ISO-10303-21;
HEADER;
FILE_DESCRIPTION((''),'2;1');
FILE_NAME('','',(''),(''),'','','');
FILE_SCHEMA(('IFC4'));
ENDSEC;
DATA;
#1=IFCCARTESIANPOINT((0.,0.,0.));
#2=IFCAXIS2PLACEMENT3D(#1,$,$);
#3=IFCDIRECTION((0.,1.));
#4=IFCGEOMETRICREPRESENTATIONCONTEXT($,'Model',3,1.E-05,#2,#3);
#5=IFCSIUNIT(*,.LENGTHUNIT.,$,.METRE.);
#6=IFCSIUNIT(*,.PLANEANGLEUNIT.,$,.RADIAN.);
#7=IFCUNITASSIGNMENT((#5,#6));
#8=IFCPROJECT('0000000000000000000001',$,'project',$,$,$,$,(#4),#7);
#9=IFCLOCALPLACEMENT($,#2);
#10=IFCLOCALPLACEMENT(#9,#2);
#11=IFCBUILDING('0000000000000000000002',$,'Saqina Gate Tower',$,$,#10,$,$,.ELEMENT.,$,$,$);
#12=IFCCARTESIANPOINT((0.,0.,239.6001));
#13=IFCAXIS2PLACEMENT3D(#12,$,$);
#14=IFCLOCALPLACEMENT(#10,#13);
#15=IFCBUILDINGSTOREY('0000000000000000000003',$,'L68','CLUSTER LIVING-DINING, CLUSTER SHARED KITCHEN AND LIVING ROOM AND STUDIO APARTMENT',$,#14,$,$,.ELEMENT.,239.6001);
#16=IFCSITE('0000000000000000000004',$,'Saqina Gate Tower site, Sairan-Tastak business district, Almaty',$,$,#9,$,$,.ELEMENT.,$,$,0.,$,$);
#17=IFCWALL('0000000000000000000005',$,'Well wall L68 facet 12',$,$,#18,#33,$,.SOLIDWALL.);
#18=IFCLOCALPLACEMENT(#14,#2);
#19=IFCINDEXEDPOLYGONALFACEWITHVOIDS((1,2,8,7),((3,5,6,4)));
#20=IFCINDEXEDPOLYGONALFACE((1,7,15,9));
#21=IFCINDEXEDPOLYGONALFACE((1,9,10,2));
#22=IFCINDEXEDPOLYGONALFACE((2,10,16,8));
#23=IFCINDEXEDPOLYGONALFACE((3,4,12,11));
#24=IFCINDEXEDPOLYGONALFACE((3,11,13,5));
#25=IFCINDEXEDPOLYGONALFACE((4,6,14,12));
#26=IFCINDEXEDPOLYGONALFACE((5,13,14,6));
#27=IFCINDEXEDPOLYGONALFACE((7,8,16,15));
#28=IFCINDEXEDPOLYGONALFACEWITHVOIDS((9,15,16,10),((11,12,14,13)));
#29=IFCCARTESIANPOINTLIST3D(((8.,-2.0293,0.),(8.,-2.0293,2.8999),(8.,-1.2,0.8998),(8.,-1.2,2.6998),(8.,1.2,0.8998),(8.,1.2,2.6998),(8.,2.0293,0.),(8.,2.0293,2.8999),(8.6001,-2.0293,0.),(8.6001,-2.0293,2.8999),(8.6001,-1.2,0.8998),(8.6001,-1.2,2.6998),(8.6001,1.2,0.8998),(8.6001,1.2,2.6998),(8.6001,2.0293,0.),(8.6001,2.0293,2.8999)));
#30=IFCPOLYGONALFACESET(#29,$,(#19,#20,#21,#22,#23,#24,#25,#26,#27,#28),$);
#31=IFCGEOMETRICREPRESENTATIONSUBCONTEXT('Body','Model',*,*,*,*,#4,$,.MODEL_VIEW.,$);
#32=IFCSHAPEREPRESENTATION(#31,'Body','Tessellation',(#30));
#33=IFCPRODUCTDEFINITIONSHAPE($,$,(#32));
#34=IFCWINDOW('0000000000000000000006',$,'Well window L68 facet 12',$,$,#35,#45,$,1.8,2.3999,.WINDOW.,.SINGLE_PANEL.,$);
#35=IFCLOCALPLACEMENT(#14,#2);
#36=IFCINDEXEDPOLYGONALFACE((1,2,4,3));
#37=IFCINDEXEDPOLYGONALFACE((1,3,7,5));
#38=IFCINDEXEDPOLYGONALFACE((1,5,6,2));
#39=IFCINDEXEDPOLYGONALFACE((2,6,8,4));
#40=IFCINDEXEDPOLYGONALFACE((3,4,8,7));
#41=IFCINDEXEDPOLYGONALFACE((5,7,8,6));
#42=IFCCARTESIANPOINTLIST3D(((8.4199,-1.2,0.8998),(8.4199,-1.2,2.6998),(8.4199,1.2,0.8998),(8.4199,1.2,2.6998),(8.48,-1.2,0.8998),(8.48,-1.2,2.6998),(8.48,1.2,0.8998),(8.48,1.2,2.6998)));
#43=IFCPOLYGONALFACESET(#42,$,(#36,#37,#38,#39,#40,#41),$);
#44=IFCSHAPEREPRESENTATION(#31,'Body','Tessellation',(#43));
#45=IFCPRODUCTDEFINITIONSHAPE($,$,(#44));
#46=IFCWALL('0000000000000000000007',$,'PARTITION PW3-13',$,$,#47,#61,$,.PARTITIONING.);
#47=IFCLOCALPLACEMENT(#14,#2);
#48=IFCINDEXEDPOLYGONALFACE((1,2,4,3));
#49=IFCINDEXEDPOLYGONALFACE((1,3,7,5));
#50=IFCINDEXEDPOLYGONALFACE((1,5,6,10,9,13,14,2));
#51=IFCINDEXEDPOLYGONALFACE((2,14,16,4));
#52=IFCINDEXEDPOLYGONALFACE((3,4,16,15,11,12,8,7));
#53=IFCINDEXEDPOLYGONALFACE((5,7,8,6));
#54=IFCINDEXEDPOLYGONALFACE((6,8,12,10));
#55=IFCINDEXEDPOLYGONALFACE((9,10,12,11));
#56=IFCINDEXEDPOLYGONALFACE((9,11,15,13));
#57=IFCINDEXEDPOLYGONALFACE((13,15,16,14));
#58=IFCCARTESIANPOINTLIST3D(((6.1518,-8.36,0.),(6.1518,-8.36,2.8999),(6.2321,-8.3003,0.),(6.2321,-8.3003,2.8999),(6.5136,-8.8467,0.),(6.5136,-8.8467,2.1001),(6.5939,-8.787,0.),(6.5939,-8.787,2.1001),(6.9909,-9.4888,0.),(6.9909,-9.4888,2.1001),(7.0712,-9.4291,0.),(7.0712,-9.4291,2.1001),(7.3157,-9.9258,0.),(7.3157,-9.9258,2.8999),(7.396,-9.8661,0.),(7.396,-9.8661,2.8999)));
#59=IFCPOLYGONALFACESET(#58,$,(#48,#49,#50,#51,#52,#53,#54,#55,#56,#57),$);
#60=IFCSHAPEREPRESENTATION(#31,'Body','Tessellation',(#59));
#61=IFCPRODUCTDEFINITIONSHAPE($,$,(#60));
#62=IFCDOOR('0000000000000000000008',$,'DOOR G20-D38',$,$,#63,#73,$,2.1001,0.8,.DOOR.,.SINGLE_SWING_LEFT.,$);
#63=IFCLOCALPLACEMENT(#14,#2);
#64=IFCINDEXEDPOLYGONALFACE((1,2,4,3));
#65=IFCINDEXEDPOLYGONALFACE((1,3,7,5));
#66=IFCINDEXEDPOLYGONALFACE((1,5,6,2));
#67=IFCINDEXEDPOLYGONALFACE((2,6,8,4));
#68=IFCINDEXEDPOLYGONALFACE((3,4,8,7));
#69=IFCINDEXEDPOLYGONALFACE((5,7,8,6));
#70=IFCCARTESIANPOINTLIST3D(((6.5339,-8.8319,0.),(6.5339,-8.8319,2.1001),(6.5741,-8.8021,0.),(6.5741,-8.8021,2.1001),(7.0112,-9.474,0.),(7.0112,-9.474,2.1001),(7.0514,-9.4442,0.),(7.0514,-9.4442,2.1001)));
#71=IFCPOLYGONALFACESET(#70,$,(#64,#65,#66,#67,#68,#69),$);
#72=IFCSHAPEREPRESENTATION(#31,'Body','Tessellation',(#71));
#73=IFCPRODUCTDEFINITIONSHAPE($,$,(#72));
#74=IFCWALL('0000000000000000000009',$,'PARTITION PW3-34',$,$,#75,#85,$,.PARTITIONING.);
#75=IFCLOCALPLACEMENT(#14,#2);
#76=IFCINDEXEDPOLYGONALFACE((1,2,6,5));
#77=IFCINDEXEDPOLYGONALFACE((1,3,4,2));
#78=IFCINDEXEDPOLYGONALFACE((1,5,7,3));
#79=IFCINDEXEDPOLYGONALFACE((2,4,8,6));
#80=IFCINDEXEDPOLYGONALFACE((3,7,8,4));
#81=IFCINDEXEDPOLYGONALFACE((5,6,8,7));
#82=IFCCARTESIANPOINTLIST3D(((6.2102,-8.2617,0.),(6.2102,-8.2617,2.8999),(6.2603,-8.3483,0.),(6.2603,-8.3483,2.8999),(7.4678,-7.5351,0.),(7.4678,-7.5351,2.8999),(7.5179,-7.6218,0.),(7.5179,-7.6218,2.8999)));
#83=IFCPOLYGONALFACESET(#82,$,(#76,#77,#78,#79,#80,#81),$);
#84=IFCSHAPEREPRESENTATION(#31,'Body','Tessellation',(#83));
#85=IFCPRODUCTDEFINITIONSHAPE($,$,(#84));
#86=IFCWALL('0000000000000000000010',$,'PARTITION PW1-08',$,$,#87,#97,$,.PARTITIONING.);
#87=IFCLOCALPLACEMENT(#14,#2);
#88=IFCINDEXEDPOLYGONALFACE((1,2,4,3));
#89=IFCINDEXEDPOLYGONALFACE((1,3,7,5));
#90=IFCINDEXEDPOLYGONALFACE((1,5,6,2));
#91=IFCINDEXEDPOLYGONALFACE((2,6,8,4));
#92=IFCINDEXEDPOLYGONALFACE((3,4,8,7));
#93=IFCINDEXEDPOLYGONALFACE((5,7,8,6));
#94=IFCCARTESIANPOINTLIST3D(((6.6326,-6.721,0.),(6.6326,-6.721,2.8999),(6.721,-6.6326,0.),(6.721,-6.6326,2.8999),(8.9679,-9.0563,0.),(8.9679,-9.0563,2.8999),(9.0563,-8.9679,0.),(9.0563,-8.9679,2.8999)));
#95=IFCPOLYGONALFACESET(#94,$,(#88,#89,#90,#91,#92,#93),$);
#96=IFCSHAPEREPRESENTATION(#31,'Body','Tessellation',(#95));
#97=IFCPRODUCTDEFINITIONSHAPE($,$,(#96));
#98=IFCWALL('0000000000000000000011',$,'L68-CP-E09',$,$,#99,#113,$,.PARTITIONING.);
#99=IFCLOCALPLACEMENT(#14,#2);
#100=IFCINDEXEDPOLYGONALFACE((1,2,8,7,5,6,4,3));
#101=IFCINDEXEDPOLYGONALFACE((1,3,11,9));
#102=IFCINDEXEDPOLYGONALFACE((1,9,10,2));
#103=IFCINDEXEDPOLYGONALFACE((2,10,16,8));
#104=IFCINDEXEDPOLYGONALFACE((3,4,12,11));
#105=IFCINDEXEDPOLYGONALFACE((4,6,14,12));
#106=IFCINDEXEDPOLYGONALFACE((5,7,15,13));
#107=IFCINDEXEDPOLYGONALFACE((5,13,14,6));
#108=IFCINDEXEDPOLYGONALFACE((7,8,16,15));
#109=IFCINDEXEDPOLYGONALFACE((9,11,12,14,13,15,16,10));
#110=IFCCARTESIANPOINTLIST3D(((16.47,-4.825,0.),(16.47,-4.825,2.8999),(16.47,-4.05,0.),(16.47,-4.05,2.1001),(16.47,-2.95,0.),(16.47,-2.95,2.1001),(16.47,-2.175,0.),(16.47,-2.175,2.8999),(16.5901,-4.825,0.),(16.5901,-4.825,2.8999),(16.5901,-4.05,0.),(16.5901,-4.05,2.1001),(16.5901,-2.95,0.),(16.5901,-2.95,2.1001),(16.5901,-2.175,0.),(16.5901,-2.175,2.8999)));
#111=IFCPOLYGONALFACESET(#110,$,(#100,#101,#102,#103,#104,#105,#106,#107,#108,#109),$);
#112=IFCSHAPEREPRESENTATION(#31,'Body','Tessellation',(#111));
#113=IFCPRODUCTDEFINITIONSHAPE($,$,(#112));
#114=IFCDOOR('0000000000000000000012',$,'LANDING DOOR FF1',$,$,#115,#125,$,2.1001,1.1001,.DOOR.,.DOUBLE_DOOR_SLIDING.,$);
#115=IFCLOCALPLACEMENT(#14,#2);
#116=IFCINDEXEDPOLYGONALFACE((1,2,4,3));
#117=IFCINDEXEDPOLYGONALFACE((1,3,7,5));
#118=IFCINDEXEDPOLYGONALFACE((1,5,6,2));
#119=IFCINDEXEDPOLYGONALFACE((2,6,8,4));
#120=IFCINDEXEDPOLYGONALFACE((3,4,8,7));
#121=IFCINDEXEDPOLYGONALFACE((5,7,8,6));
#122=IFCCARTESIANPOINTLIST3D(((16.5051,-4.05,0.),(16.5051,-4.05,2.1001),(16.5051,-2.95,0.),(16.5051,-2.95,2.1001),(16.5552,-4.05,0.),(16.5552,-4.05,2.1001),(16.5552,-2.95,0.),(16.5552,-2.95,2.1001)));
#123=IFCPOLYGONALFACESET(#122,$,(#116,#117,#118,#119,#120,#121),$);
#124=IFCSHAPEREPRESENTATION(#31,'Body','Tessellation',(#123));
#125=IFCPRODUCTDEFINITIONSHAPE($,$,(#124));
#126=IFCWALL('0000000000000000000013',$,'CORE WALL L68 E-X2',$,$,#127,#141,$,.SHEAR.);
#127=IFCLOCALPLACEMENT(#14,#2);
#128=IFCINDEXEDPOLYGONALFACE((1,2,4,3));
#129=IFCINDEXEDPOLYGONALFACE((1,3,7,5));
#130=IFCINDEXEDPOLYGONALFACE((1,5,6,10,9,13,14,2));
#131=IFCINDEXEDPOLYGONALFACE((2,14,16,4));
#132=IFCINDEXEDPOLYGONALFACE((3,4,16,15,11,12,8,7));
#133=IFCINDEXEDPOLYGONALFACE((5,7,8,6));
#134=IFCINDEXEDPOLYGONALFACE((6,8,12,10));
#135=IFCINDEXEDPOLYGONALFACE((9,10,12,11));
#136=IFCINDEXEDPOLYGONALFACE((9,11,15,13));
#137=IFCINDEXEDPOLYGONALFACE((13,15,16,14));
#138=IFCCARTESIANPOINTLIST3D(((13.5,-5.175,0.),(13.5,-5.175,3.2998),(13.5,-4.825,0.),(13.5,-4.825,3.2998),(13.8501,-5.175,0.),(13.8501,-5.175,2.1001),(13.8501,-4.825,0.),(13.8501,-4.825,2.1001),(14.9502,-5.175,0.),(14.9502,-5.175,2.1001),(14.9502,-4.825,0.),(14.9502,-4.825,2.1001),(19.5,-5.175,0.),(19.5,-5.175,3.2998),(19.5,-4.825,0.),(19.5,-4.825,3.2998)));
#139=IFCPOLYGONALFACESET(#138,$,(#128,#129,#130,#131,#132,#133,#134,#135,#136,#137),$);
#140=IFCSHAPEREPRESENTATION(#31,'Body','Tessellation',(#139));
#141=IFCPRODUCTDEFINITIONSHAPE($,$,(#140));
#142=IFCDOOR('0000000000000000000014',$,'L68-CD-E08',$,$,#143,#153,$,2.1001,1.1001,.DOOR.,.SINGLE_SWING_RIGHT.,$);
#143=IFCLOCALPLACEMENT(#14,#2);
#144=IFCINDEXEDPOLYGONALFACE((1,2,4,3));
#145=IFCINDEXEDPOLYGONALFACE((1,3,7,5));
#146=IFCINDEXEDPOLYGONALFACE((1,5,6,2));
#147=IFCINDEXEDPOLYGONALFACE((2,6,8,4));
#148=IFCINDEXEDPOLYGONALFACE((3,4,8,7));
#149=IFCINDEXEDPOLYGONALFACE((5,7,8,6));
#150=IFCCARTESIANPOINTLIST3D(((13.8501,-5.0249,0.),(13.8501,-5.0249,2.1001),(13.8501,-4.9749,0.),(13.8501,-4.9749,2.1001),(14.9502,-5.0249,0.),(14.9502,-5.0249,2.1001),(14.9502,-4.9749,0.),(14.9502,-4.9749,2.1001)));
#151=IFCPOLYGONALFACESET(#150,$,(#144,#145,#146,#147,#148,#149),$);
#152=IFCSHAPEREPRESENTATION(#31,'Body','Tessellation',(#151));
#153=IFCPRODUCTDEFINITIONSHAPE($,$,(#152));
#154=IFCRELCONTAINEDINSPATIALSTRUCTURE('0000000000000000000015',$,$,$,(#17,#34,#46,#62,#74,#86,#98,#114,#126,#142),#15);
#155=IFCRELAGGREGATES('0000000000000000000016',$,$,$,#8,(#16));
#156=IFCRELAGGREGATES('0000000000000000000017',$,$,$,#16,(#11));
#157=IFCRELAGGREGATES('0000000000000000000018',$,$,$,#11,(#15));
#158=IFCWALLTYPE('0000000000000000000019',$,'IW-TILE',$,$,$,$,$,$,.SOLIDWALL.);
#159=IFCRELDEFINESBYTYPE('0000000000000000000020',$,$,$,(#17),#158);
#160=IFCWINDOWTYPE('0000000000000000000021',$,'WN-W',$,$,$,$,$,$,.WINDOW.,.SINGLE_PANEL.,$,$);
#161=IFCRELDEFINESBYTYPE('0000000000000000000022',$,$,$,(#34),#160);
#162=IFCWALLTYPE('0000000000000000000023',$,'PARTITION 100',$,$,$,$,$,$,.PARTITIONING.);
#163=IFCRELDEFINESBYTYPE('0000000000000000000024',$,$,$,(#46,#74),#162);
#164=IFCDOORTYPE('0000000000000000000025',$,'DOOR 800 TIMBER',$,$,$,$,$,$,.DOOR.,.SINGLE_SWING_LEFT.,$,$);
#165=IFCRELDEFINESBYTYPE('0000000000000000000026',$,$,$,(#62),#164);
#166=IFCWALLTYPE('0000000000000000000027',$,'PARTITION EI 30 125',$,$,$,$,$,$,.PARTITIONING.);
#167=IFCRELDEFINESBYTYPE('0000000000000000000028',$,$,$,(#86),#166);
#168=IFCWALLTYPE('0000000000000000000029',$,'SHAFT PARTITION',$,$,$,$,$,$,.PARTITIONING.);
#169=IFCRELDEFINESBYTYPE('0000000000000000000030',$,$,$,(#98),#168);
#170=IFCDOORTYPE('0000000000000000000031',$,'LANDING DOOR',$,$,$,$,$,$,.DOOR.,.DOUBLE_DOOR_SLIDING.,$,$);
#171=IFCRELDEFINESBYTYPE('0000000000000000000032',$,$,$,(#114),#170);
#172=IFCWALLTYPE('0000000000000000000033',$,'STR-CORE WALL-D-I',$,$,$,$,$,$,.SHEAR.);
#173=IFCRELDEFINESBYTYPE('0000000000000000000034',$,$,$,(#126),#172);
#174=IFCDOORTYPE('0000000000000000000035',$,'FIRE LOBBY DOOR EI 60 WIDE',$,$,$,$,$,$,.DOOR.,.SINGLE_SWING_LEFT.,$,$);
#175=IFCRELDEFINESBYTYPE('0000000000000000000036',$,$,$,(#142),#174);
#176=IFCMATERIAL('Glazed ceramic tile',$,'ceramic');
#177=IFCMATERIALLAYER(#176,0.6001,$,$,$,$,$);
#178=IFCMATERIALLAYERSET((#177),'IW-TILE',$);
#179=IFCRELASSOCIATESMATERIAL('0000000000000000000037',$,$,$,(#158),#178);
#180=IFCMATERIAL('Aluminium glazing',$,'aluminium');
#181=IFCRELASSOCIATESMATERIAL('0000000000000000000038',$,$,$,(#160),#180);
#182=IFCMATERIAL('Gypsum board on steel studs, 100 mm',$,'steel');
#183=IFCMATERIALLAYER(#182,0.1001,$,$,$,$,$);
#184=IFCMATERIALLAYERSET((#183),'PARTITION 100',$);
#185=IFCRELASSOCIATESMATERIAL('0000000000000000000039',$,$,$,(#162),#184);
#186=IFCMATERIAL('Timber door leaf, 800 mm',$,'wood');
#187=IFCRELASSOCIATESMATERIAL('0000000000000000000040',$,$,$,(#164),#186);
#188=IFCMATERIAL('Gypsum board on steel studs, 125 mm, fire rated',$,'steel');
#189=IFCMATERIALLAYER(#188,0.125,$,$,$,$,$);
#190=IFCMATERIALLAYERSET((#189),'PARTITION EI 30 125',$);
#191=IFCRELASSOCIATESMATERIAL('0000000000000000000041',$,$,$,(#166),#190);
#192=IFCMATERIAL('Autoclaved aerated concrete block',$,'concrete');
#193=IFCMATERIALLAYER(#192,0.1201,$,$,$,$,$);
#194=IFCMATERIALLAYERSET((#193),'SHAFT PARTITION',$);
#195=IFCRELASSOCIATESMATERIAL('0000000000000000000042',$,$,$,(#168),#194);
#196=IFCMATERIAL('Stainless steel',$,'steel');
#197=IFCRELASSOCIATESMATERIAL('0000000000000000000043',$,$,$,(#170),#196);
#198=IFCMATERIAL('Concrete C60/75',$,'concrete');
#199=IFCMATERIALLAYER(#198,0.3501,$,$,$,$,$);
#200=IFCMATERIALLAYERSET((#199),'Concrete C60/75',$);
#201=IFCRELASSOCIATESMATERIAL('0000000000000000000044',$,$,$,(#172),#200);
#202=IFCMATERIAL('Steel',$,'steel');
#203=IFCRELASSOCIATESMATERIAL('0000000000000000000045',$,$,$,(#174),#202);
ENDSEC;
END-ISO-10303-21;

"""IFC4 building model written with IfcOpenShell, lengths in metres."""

from ifc_helpers import new_model, si_unit, direction, frame, frame_2d, origin, place, context, subcontext, project, spatial, rectangle, extrude, material, layer, layer_set, type_object, element, fill, save


model = new_model("IFC4")

# Units and contexts
model_context = context("Model", 3, precision=1e-05, world=origin(), true_north=direction((0.0, 1.0)))
body_context = subcontext(model_context, "Body", "Model", "MODEL_VIEW")
ifc_project = project(units=[si_unit("LENGTHUNIT", "METRE"), si_unit("PLANEANGLEUNIT", "RADIAN")], contexts=[model_context])

# Site, building, storey
site_placement = place(None, origin())
site = spatial("IfcSite", under=ifc_project, at=site_placement, Name="Saqina Gate Tower site, Sairan-Tastak business district, Almaty", CompositionType="ELEMENT", RefElevation=0.0)
building_placement = place(site_placement, origin())
building = spatial("IfcBuilding", under=site, at=building_placement, Name="Saqina Gate Tower", CompositionType="ELEMENT")
storey_placement = place(building_placement, frame((0.0, 0.0, 239.6001)))
storey = spatial("IfcBuildingStorey", under=building, at=storey_placement, Name="L68", Description="CLUSTER LIVING-DINING, CLUSTER SHARED KITCHEN AND LIVING ROOM AND STUDIO APARTMENT", CompositionType="ELEMENT", Elevation=239.6001)

# Wall, opening, window
ifc_material_1 = material(Name="Glazed ceramic tile", Category="ceramic")
ifc_layer_1 = layer(ifc_material_1, 0.6001)
ifc_layer_set_1 = layer_set([ifc_layer_1], Name="IW-TILE")
wall_type_1 = type_object("IfcWallType", Name="IW-TILE", PredefinedType="SOLIDWALL", material=ifc_layer_set_1)
ifc_material_2 = material(Name="Aluminium glazing", Category="aluminium")
window_type = type_object("IfcWindowType", Name="WN-W", PartitioningType="SINGLE_PANEL", PredefinedType="WINDOW", material=ifc_material_2)
wall_1_placement = place(storey_placement, frame((8.3, -2.0293, 0.0), z_axis=(0.0, 0.0, 1.0), x_axis=(0.0, 1.0, 0.0)))
wall_1 = element("IfcWall", 1, at=wall_1_placement, inside=storey, type_object=wall_type_1, Name="Well wall L68 facet 12", PredefinedType="SOLIDWALL", context=body_context, shape_type="SweptSolid", body=[
    extrude(rectangle(XDim=4.0586, YDim=0.6001, at=frame_2d((2.0293, 0.0))), origin(), (0.0, 0.0, 1.0), 2.8999),
])
opening_1_placement = place(wall_1_placement, frame((0.8293, 0.0, 0.8999)))
opening_1 = element("IfcOpeningElement", 2, at=opening_1_placement, cuts=wall_1, PredefinedType="OPENING", context=body_context, shape_type="SweptSolid", body=[
    extrude(rectangle(XDim=2.3999, YDim=1.8, at=frame_2d((1.2, 0.8999))), frame((0.0, 0.312, 0.0), z_axis=(0.0, -1.0, 0.0), x_axis=(1.0, 0.0, 0.0)), (0.0, 0.0, 1.0), 0.624),
])
window_1_placement = place(opening_1_placement, origin())
window_1 = element("IfcWindow", 3, at=window_1_placement, inside=storey, type_object=window_type, Name="Well window L68 facet 12", OverallHeight=1.8, OverallWidth=2.3999, PartitioningType="SINGLE_PANEL", PredefinedType="WINDOW", context=body_context, shape_type="SweptSolid", body=[
    extrude(rectangle(XDim=2.3999, YDim=1.8, at=frame_2d((1.2, 0.8999))), frame((0.0, -0.1199, 0.0), z_axis=(0.0, -1.0, 0.0), x_axis=(1.0, 0.0, 0.0)), (0.0, 0.0, 1.0), 0.0601),
])
fill(opening_1, window_1)

# Wall, opening, door
ifc_material_3 = material(Name="Gypsum board on steel studs, 100 mm", Category="steel")
ifc_layer_2 = layer(ifc_material_3, 0.1001)
ifc_layer_set_2 = layer_set([ifc_layer_2], Name="PARTITION 100")
wall_type_2 = type_object("IfcWallType", Name="PARTITION 100", PredefinedType="PARTITIONING", material=ifc_layer_set_2)
wall_2_placement = place(storey_placement, frame((6.1919, -8.3301, 0.0), z_axis=(0.0, 0.0, 1.0), x_axis=(0.596571, -0.802561, 0.0)))
wall_2 = element("IfcWall", 4, at=wall_2_placement, inside=storey, type_object=wall_type_2, Name="PARTITION PW3-13", PredefinedType="PARTITIONING", context=body_context, shape_type="SweptSolid", body=[
    extrude(rectangle(XDim=1.9509, YDim=0.1001, at=frame_2d((0.9756, 0.0))), origin(), (0.0, 0.0, 1.0), 2.8999),
])
opening_2_placement = place(wall_2_placement, frame((0.6067, 0.0, 0.0)))
opening_2 = element("IfcOpeningElement", 5, at=opening_2_placement, cuts=wall_2, PredefinedType="OPENING", context=body_context, shape_type="SweptSolid", body=[
    extrude(rectangle(XDim=0.8, YDim=2.1001, at=frame_2d((0.3999, 1.05))), frame((0.0, 0.062, 0.0), z_axis=(0.0, -1.0, 0.0), x_axis=(1.0, 0.0, 0.0)), (0.0, 0.0, 1.0), 0.124),
])
ifc_material_4 = material(Name="Timber door leaf, 800 mm", Category="wood")
door_type_1 = type_object("IfcDoorType", Name="DOOR 800 TIMBER", OperationType="SINGLE_SWING_LEFT", PredefinedType="DOOR", material=ifc_material_4)
door_1_placement = place(opening_2_placement, frame((0.8, 0.0, 0.0), z_axis=(0.0, 0.0, 1.0), x_axis=(-1.0, 0.0, 0.0)))
door_1 = element("IfcDoor", 6, at=door_1_placement, inside=storey, type_object=door_type_1, Name="DOOR G20-D38", OperationType="SINGLE_SWING_LEFT", OverallHeight=2.1001, OverallWidth=0.8, PredefinedType="DOOR", context=body_context, shape_type="SweptSolid", body=[
    extrude(rectangle(XDim=0.8, YDim=2.1001, at=frame_2d((0.3999, 1.05))), frame((0.0, 0.0249, 0.0), z_axis=(0.0, -1.0, 0.0), x_axis=(1.0, 0.0, 0.0)), (0.0, 0.0, 1.0), 0.05),
])
fill(opening_2, door_1)

# Walls
wall_3_placement = place(storey_placement, frame((6.2354, -8.3049, 0.0), z_axis=(0.0, 0.0, 1.0), x_axis=(0.865875, 0.500261, 0.0)))
element("IfcWall", 7, at=wall_3_placement, inside=storey, type_object=wall_type_2, Name="PARTITION PW3-34", PredefinedType="PARTITIONING", context=body_context, shape_type="SweptSolid", body=[
    extrude(rectangle(XDim=1.4524, YDim=0.1001, at=frame_2d((0.7261, 0.0))), origin(), (0.0, 0.0, 1.0), 2.8999),
])
ifc_material_5 = material(Name="Gypsum board on steel studs, 125 mm, fire rated", Category="steel")
ifc_layer_3 = layer(ifc_material_5, 0.125)
ifc_layer_set_3 = layer_set([ifc_layer_3], Name="PARTITION EI 30 125")
wall_type_3 = type_object("IfcWallType", Name="PARTITION EI 30 125", PredefinedType="PARTITIONING", material=ifc_layer_set_3)
wall_4_placement = place(storey_placement, frame((6.6768, -6.6768, 0.0), z_axis=(0.0, 0.0, 1.0), x_axis=(0.707107, -0.707107, 0.0)))
element("IfcWall", 8, at=wall_4_placement, inside=storey, type_object=wall_type_3, Name="PARTITION PW1-08", PredefinedType="PARTITIONING", context=body_context, shape_type="SweptSolid", body=[
    extrude(rectangle(XDim=3.3025, YDim=0.125, at=frame_2d((1.6514, 0.0))), origin(), (0.0, 0.0, 1.0), 2.8999),
])

# Walls, openings, doors
ifc_material_6 = material(Name="Autoclaved aerated concrete block", Category="concrete")
ifc_layer_4 = layer(ifc_material_6, 0.1201)
ifc_layer_set_4 = layer_set([ifc_layer_4], Name="SHAFT PARTITION")
wall_type_4 = type_object("IfcWallType", Name="SHAFT PARTITION", PredefinedType="PARTITIONING", material=ifc_layer_set_4)
wall_5_placement = place(storey_placement, frame((16.53, -4.825, 0.0), z_axis=(0.0, 0.0, 1.0), x_axis=(0.0, 1.0, 0.0)))
wall_5 = element("IfcWall", 9, at=wall_5_placement, inside=storey, type_object=wall_type_4, Name="L68-CP-E09", PredefinedType="PARTITIONING", context=body_context, shape_type="SweptSolid", body=[
    extrude(rectangle(XDim=2.6499, YDim=0.1201, at=frame_2d((1.325, 0.0))), origin(), (0.0, 0.0, 1.0), 2.8999),
])
opening_3_placement = place(wall_5_placement, frame((0.7749, 0.0, 0.0)))
opening_3 = element("IfcOpeningElement", 10, at=opening_3_placement, cuts=wall_5, PredefinedType="OPENING", context=body_context, shape_type="SweptSolid", body=[
    extrude(rectangle(XDim=1.1001, YDim=2.1001, at=frame_2d((0.55, 1.05))), frame((0.0, 0.072, 0.0), z_axis=(0.0, -1.0, 0.0), x_axis=(1.0, 0.0, 0.0)), (0.0, 0.0, 1.0), 0.144),
])
ifc_material_7 = material(Name="Stainless steel", Category="steel")
door_type_2 = type_object("IfcDoorType", Name="LANDING DOOR", OperationType="DOUBLE_DOOR_SLIDING", PredefinedType="DOOR", material=ifc_material_7)
door_2_placement = place(opening_3_placement, origin())
door_2 = element("IfcDoor", 11, at=door_2_placement, inside=storey, type_object=door_type_2, Name="LANDING DOOR FF1", OperationType="DOUBLE_DOOR_SLIDING", OverallHeight=2.1001, OverallWidth=1.1001, PredefinedType="DOOR", context=body_context, shape_type="SweptSolid", body=[
    extrude(rectangle(XDim=1.1001, YDim=2.1001, at=frame_2d((0.55, 1.05))), frame((0.0, 0.0249, 0.0), z_axis=(0.0, -1.0, 0.0), x_axis=(1.0, 0.0, 0.0)), (0.0, 0.0, 1.0), 0.05),
])
fill(opening_3, door_2)
ifc_material_8 = material(Name="Concrete C60/75", Category="concrete")
ifc_layer_5 = layer(ifc_material_8, 0.3501)
ifc_layer_set_5 = layer_set([ifc_layer_5], Name="Concrete C60/75")
wall_type_5 = type_object("IfcWallType", Name="STR-CORE WALL-D-I", PredefinedType="SHEAR", material=ifc_layer_set_5)
wall_6_placement = place(storey_placement, frame((13.5, -5.0, 0.0), z_axis=(0.0, 0.0, 1.0), x_axis=(1.0, 0.0, 0.0)))
wall_6 = element("IfcWall", 12, at=wall_6_placement, inside=storey, type_object=wall_type_5, Name="CORE WALL L68 E-X2", PredefinedType="SHEAR", context=body_context, shape_type="SweptSolid", body=[
    extrude(rectangle(XDim=6.0, YDim=0.3501, at=frame_2d((3.0, 0.0))), origin(), (0.0, 0.0, 1.0), 3.2998),
])
opening_4_placement = place(wall_6_placement, frame((0.3501, 0.0, 0.0)))
opening_4 = element("IfcOpeningElement", 13, at=opening_4_placement, cuts=wall_6, PredefinedType="OPENING", context=body_context, shape_type="SweptSolid", body=[
    extrude(rectangle(XDim=1.1001, YDim=2.1001, at=frame_2d((0.55, 1.05))), frame((0.0, 0.187, 0.0), z_axis=(0.0, -1.0, 0.0), x_axis=(1.0, 0.0, 0.0)), (0.0, 0.0, 1.0), 0.374),
])
ifc_material_9 = material(Name="Steel", Category="steel")
door_type_3 = type_object("IfcDoorType", Name="FIRE LOBBY DOOR EI 60 WIDE", OperationType="SINGLE_SWING_LEFT", PredefinedType="DOOR", material=ifc_material_9)
door_3_placement = place(opening_4_placement, frame((1.1001, 0.0, 0.0), z_axis=(0.0, 0.0, 1.0), x_axis=(-1.0, 0.0, 0.0)))
door_3 = element("IfcDoor", 14, at=door_3_placement, inside=storey, type_object=door_type_3, Name="L68-CD-E08", OperationType="SINGLE_SWING_RIGHT", OverallHeight=2.1001, OverallWidth=1.1001, PredefinedType="DOOR", context=body_context, shape_type="SweptSolid", body=[
    extrude(rectangle(XDim=1.1001, YDim=2.1001, at=frame_2d((0.55, 1.05))), frame((0.0, 0.0249, 0.0), z_axis=(0.0, -1.0, 0.0), x_axis=(1.0, 0.0, 0.0)), (0.0, 0.0, 1.0), 0.05),
])
fill(opening_4, door_3)

save(model, "model.ifc")
